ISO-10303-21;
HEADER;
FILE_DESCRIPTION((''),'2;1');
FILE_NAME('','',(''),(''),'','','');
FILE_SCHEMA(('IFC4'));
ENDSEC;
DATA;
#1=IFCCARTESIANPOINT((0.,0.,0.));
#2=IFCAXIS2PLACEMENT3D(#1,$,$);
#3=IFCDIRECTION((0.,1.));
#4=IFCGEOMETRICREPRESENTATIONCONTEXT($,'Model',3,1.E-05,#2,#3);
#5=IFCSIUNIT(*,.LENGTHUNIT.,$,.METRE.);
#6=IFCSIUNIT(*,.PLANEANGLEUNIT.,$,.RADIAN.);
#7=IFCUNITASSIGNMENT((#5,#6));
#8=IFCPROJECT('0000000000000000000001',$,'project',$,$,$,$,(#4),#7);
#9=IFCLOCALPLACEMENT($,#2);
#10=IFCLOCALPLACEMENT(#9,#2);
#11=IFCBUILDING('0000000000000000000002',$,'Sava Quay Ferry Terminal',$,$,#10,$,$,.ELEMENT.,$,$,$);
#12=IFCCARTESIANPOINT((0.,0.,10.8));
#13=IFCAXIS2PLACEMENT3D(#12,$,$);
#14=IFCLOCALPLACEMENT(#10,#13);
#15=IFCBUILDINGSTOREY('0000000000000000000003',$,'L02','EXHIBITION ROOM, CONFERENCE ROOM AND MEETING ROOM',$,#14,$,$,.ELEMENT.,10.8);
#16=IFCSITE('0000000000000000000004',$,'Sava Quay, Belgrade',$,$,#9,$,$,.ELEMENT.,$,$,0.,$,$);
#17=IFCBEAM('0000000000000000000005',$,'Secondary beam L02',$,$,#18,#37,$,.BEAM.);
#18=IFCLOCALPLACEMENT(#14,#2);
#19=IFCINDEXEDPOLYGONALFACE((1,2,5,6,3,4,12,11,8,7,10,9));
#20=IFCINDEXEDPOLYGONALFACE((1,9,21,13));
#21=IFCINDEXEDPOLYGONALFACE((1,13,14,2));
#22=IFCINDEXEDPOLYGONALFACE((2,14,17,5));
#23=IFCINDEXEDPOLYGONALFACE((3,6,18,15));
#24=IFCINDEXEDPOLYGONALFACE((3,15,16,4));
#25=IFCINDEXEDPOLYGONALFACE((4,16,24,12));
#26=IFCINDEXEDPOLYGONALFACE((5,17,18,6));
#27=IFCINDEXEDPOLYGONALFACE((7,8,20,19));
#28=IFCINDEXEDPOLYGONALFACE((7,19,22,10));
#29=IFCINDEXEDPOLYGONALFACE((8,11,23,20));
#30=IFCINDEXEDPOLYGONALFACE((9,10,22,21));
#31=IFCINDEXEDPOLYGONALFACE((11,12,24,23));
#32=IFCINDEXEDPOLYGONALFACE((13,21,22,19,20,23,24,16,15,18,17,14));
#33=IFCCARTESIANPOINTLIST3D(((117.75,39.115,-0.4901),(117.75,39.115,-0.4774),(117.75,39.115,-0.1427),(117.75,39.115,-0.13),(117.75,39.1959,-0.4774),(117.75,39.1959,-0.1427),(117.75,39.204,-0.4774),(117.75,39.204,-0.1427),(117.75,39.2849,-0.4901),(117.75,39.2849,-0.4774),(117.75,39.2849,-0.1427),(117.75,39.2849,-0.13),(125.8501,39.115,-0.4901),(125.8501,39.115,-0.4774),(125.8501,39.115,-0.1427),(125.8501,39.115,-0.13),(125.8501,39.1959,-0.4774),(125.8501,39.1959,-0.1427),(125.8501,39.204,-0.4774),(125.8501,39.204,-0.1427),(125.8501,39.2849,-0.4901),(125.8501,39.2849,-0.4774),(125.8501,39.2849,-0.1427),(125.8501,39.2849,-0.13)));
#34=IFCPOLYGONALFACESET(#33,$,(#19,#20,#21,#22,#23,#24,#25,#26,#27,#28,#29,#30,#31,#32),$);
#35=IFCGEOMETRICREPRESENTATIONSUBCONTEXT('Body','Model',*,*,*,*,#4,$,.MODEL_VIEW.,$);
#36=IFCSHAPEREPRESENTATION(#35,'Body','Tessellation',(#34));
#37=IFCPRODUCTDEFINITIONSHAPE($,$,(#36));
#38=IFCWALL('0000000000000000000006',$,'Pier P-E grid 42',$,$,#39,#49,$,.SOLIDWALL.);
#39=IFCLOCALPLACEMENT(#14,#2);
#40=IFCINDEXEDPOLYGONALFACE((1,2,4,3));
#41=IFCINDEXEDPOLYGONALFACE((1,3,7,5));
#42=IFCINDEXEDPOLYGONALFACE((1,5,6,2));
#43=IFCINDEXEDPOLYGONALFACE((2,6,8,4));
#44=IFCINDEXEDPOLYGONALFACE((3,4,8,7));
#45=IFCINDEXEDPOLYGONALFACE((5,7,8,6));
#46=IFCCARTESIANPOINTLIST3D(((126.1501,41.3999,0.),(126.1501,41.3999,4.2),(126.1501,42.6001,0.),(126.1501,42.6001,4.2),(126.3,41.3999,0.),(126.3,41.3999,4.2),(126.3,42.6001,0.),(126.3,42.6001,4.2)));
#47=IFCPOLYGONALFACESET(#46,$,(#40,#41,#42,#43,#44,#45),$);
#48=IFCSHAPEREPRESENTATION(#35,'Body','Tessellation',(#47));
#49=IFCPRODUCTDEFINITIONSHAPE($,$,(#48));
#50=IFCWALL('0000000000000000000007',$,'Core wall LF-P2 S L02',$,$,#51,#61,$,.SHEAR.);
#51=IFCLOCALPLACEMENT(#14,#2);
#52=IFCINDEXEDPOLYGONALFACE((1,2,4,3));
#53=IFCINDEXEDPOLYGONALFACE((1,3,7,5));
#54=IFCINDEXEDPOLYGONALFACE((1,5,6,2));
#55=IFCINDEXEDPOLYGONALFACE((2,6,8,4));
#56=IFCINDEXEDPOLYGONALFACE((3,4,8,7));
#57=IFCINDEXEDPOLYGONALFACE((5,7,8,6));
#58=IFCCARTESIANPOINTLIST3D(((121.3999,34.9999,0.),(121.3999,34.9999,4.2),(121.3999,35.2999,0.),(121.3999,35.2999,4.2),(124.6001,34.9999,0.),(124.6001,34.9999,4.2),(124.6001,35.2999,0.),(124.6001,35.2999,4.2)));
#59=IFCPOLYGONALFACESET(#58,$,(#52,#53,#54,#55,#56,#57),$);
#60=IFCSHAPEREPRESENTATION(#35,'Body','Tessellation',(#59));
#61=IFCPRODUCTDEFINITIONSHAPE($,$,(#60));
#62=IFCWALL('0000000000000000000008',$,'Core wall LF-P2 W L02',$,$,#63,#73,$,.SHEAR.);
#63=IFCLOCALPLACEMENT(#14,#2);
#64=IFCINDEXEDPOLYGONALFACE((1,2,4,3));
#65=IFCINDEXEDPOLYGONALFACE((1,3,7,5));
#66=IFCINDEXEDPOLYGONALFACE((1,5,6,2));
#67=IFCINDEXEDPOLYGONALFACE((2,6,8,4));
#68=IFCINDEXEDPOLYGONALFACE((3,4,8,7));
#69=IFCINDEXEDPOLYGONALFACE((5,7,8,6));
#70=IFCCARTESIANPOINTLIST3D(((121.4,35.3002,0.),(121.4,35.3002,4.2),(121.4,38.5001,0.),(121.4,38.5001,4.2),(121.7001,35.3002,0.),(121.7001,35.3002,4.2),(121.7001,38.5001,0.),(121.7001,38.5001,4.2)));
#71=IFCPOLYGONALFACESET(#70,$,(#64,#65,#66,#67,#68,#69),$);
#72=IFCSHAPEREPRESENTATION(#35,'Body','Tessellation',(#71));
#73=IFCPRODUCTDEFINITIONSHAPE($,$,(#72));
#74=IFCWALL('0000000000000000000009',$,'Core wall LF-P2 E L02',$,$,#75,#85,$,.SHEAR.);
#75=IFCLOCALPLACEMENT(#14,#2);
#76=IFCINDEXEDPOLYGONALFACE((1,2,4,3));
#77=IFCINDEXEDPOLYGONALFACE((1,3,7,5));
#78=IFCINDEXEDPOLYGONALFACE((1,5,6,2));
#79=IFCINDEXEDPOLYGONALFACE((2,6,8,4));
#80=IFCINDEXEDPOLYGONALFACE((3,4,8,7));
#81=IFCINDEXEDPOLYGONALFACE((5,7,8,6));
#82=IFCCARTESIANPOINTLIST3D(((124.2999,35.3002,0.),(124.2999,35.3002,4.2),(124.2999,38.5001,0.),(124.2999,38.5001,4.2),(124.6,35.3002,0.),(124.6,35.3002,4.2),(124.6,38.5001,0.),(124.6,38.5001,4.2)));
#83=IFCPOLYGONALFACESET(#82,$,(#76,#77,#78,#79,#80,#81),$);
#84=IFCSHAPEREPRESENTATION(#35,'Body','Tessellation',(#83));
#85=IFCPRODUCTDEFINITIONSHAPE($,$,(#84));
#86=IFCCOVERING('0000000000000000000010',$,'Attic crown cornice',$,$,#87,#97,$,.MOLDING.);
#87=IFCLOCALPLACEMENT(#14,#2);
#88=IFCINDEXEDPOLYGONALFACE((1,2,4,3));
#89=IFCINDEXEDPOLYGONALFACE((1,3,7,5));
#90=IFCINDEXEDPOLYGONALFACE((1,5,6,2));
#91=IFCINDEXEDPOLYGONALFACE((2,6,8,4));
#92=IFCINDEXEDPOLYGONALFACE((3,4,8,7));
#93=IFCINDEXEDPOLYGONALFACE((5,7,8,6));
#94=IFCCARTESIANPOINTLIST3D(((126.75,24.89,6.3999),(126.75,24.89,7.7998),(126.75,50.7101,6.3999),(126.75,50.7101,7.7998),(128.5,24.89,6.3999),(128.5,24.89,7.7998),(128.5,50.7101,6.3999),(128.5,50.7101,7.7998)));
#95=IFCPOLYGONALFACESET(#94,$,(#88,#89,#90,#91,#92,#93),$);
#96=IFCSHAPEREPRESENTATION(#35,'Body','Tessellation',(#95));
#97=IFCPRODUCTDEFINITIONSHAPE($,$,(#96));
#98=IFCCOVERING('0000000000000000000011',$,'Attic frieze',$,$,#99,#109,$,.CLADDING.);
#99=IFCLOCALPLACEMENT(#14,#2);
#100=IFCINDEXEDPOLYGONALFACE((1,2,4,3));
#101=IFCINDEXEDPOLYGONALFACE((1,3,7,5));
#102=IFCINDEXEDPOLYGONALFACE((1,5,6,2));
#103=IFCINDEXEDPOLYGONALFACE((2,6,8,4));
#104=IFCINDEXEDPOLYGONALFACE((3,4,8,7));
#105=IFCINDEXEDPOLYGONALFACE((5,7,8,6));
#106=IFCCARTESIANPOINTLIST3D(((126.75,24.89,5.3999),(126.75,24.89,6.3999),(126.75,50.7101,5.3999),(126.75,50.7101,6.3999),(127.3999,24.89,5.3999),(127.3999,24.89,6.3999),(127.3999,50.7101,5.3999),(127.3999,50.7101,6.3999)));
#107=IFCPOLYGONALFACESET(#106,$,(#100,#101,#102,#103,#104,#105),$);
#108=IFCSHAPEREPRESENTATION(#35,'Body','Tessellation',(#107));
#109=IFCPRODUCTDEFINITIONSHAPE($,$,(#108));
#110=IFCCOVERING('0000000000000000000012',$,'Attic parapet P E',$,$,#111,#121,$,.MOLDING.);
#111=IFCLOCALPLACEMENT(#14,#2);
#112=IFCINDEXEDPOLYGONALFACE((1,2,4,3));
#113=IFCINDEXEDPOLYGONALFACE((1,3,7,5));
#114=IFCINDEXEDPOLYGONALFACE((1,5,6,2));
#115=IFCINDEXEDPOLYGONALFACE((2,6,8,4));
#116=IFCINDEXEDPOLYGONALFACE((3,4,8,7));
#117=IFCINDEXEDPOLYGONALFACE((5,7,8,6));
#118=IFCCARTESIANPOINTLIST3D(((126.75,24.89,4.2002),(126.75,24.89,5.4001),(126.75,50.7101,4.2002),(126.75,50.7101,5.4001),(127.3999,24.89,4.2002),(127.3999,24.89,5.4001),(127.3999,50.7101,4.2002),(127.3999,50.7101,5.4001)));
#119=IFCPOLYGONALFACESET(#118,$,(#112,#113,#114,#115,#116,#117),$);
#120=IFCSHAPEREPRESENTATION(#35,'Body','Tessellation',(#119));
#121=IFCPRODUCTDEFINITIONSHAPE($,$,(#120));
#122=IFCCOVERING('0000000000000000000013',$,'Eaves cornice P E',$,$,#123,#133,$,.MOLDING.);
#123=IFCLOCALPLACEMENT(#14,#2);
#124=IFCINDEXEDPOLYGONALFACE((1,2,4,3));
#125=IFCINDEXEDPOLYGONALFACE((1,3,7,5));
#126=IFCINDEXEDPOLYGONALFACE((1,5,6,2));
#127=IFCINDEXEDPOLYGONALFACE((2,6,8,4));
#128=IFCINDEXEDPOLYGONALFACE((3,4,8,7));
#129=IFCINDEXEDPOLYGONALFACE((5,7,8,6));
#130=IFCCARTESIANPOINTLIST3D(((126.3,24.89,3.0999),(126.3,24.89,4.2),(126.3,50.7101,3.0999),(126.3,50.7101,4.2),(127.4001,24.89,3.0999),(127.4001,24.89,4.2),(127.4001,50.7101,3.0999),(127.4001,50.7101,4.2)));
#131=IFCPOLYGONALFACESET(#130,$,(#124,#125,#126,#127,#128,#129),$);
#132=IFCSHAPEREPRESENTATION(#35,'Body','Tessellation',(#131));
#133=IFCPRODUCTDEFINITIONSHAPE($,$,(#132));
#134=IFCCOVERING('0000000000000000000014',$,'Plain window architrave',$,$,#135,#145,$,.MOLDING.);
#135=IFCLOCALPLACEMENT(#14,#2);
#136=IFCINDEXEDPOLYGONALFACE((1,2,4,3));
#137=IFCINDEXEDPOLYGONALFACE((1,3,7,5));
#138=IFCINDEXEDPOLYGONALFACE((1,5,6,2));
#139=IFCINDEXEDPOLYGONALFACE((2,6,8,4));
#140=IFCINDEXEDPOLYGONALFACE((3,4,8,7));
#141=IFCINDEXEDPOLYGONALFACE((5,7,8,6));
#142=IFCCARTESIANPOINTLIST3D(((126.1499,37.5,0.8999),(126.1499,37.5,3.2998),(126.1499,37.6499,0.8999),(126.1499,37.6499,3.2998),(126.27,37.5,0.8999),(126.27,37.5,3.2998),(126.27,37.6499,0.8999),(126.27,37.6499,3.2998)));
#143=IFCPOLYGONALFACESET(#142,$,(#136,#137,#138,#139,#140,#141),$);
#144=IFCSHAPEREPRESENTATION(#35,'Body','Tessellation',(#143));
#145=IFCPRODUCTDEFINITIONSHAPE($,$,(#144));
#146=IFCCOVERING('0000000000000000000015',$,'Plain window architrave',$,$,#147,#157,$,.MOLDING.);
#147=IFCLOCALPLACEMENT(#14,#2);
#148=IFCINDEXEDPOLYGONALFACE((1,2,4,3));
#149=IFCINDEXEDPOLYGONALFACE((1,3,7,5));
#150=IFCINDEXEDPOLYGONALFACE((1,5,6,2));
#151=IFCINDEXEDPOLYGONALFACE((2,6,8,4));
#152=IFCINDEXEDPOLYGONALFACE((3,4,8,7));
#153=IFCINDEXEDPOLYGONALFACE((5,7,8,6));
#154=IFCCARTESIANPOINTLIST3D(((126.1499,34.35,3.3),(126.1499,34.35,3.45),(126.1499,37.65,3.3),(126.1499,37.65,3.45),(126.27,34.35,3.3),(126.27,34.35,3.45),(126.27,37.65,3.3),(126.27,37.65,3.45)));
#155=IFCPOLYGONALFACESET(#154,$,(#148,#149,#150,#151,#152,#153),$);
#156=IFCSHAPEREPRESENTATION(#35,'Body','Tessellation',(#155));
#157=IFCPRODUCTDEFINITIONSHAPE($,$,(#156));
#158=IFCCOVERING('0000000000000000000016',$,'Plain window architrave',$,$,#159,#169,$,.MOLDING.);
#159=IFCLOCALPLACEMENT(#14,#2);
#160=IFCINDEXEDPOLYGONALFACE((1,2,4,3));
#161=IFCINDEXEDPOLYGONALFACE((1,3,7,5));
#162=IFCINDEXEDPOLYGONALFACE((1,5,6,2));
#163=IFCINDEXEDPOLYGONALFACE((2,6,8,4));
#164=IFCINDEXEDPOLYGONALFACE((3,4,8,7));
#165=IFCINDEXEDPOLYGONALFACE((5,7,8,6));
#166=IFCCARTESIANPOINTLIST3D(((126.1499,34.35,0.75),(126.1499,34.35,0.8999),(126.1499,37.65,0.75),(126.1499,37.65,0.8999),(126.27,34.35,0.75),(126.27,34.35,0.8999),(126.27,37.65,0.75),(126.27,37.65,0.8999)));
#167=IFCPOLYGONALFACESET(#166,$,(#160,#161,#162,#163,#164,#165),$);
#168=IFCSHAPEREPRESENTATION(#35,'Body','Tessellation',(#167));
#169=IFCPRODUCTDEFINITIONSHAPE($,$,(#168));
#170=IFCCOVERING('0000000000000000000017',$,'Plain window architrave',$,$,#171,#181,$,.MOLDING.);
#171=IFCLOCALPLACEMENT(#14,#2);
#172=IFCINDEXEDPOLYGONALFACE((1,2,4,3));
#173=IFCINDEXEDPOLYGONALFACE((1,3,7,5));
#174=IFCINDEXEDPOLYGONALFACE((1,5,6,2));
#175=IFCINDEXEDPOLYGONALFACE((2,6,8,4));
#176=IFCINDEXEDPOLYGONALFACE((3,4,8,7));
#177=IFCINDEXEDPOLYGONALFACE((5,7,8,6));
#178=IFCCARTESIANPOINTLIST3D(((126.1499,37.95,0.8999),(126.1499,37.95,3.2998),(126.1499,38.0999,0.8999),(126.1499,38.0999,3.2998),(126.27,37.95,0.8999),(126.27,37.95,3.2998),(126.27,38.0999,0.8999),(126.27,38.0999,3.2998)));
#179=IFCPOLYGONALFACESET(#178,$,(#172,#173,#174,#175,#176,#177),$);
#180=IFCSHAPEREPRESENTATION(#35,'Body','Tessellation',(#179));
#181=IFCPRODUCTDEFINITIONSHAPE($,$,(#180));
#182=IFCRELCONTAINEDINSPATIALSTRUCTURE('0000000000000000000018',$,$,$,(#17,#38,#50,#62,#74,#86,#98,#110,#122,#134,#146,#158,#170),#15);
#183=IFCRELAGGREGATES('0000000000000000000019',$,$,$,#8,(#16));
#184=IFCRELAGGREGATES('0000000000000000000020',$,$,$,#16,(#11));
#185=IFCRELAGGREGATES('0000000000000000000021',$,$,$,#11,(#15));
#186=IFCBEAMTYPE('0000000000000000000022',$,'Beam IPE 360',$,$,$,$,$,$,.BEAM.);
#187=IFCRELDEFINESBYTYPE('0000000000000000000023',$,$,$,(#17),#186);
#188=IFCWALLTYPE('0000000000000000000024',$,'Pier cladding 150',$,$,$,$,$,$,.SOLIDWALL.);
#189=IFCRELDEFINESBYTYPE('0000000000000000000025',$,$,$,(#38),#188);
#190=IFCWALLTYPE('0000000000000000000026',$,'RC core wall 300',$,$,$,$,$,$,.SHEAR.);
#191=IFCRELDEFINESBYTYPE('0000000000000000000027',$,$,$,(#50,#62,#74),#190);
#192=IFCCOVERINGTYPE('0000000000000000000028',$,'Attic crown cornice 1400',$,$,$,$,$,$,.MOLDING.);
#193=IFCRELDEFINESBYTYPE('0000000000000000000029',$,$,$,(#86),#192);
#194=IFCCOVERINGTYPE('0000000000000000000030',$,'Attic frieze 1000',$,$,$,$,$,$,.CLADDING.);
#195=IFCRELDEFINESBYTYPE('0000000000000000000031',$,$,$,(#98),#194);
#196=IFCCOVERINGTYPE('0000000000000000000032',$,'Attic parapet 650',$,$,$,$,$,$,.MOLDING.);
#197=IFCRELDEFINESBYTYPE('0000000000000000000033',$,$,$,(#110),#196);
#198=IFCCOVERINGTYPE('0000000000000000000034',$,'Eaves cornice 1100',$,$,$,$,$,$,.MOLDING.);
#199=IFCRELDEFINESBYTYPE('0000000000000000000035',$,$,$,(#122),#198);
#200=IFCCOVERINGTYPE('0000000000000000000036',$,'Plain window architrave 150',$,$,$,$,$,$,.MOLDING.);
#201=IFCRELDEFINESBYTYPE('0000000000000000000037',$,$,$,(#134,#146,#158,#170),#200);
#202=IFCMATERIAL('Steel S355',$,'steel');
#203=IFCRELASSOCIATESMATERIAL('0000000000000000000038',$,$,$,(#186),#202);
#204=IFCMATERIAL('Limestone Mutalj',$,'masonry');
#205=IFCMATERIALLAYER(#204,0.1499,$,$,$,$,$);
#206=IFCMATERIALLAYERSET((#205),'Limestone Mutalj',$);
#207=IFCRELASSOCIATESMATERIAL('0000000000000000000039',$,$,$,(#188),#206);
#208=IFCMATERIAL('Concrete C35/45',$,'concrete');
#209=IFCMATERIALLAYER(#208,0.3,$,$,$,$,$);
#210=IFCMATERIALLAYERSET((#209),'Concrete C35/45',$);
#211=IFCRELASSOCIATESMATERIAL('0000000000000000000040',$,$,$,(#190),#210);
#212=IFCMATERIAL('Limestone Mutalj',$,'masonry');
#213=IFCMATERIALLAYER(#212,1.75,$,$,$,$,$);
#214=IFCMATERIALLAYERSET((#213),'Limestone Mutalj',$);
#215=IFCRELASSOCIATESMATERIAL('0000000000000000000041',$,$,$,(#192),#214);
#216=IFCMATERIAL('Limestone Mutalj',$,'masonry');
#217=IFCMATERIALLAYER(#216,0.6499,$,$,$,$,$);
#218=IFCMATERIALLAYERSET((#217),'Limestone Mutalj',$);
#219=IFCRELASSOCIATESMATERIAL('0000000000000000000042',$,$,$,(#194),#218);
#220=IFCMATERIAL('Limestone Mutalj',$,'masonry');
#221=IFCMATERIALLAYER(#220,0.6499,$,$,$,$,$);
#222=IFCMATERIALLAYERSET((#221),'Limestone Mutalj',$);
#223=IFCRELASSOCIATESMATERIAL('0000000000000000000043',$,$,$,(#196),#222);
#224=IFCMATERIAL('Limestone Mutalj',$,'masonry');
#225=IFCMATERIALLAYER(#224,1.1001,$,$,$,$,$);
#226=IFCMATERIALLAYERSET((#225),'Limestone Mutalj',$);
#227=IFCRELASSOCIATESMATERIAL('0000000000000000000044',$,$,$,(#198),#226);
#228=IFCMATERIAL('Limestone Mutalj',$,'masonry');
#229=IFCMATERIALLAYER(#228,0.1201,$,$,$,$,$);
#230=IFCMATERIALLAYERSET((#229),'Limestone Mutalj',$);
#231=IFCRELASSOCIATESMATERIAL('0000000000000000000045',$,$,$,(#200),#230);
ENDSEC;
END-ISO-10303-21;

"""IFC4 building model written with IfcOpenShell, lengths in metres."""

from ifc_helpers import new_model, si_unit, direction, frame, frame_2d, origin, origin_2d, place, context, subcontext, project, spatial, rectangle, i_section, extrude, material, layer, layer_set, material_profile, profile_set, type_object, element, save


model = new_model("IFC4")

# Units and contexts
model_context = context("Model", 3, precision=1e-05, world=origin(), true_north=direction((0.0, 1.0)))
body_context = subcontext(model_context, "Body", "Model", "MODEL_VIEW")
ifc_project = project(units=[si_unit("LENGTHUNIT", "METRE"), si_unit("PLANEANGLEUNIT", "RADIAN")], contexts=[model_context])

# Site, building, storey
site_placement = place(None, origin())
site = spatial("IfcSite", under=ifc_project, at=site_placement, Name="Sava Quay, Belgrade", CompositionType="ELEMENT", RefElevation=0.0)
building_placement = place(site_placement, origin())
building = spatial("IfcBuilding", under=site, at=building_placement, Name="Sava Quay Ferry Terminal", CompositionType="ELEMENT")
storey_placement = place(building_placement, frame((0.0, 0.0, 10.8)))
storey = spatial("IfcBuildingStorey", under=building, at=storey_placement, Name="L02", Description="EXHIBITION ROOM, CONFERENCE ROOM AND MEETING ROOM", CompositionType="ELEMENT", Elevation=10.8)

# Beam
ifc_material_1 = material(Name="Steel S355", Category="steel")
ifc_material_profile = material_profile(ifc_material_1, i_section(OverallWidth=0.1699, OverallDepth=0.3601, WebThickness=0.0081, FlangeThickness=0.0127, at=origin_2d()), Name="IPE 360")
ifc_profile_set = profile_set([ifc_material_profile], Name="Steel S355")
beam_type = type_object("IfcBeamType", Name="Beam IPE 360", PredefinedType="BEAM", material=ifc_profile_set)
beam_placement = place(storey_placement, frame((117.75, 39.2, -0.3101), z_axis=(1.0, 0.0, 0.0), x_axis=(0.0, 1.0, 0.0)))
element("IfcBeam", 1, at=beam_placement, inside=storey, type_object=beam_type, Name="Secondary beam L02", PredefinedType="BEAM", context=body_context, shape_type="SweptSolid", body=[
    extrude(i_section(OverallWidth=0.1699, OverallDepth=0.3601, WebThickness=0.0081, FlangeThickness=0.0127, at=origin_2d()), origin(), (0.0, 0.0, 1.0), 8.1001),
])

# Walls
ifc_material_2 = material(Name="Limestone Mutalj", Category="masonry")
ifc_layer_1 = layer(ifc_material_2, 0.1499)
ifc_layer_set_1 = layer_set([ifc_layer_1], Name="Limestone Mutalj")
wall_type_1 = type_object("IfcWallType", Name="Pier cladding 150", PredefinedType="SOLIDWALL", material=ifc_layer_set_1)
wall_1_placement = place(storey_placement, frame((126.2251, 41.3999, 0.0), z_axis=(0.0, 0.0, 1.0), x_axis=(0.0, 1.0, 0.0)))
element("IfcWall", 2, at=wall_1_placement, inside=storey, type_object=wall_type_1, Name="Pier P-E grid 42", PredefinedType="SOLIDWALL", context=body_context, shape_type="SweptSolid", body=[
    extrude(rectangle(XDim=1.2002, YDim=0.1499, at=frame_2d((0.6001, 0.0))), origin(), (0.0, 0.0, 1.0), 4.2),
])
ifc_material_3 = material(Name="Concrete C35/45", Category="concrete")
ifc_layer_2 = layer(ifc_material_3, 0.3)
ifc_layer_set_2 = layer_set([ifc_layer_2], Name="Concrete C35/45")
wall_type_2 = type_object("IfcWallType", Name="RC core wall 300", PredefinedType="SHEAR", material=ifc_layer_set_2)
wall_2_placement = place(storey_placement, frame((121.3999, 35.1499, 0.0), z_axis=(0.0, 0.0, 1.0), x_axis=(1.0, 0.0, 0.0)))
element("IfcWall", 3, at=wall_2_placement, inside=storey, type_object=wall_type_2, Name="Core wall LF-P2 S L02", PredefinedType="SHEAR", context=body_context, shape_type="SweptSolid", body=[
    extrude(rectangle(XDim=3.2002, YDim=0.3, at=frame_2d((1.6001, 0.0))), origin(), (0.0, 0.0, 1.0), 4.2),
])

# Walls
for number, where, z_axis, x_axis, name in (
    (4, (121.55, 35.3, 0.0), (0.0, 0.0, 1.0), (0.0, 1.0, 0.0), "Core wall LF-P2 W L02"),
    (5, (124.45, 35.3, 0.0), (0.0, 0.0, 1.0), (0.0, 1.0, 0.0), "Core wall LF-P2 E L02"),
):
    element("IfcWall", number, at=place(storey_placement, frame(where, z_axis=z_axis, x_axis=x_axis)), inside=storey, type_object=wall_type_2, Name=name, PredefinedType="SHEAR", context=body_context, shape_type="SweptSolid", body=[
        extrude(rectangle(XDim=3.2, YDim=0.3, at=frame_2d((1.6001, 0.0))), origin(), (0.0, 0.0, 1.0), 4.2),
    ])

# Coverings
ifc_material_4 = material(Name="Limestone Mutalj", Category="masonry")
ifc_layer_3 = layer(ifc_material_4, 1.75)
ifc_layer_set_3 = layer_set([ifc_layer_3], Name="Limestone Mutalj")
covering_type_1 = type_object("IfcCoveringType", Name="Attic crown cornice 1400", PredefinedType="MOLDING", material=ifc_layer_set_3)
covering_1_placement = place(storey_placement, frame((127.625, 37.8, 6.3999), z_axis=(0.0, 0.0, 1.0), x_axis=(1.0, 0.0, 0.0)))
element("IfcCovering", 6, at=covering_1_placement, inside=storey, type_object=covering_type_1, Name="Attic crown cornice", PredefinedType="MOLDING", context=body_context, shape_type="SweptSolid", body=[
    extrude(rectangle(XDim=1.75, YDim=25.8201, at=origin_2d()), origin(), (0.0, 0.0, 1.0), 1.3999),
])
ifc_material_5 = material(Name="Limestone Mutalj", Category="masonry")
ifc_layer_4 = layer(ifc_material_5, 0.6499)
ifc_layer_set_4 = layer_set([ifc_layer_4], Name="Limestone Mutalj")
covering_type_2 = type_object("IfcCoveringType", Name="Attic frieze 1000", PredefinedType="CLADDING", material=ifc_layer_set_4)
covering_2_placement = place(storey_placement, frame((127.075, 37.8, 5.3999), z_axis=(0.0, 0.0, 1.0), x_axis=(1.0, 0.0, 0.0)))
element("IfcCovering", 7, at=covering_2_placement, inside=storey, type_object=covering_type_2, Name="Attic frieze", PredefinedType="CLADDING", context=body_context, shape_type="SweptSolid", body=[
    extrude(rectangle(XDim=0.6499, YDim=25.8201, at=origin_2d()), origin(), (0.0, 0.0, 1.0), 1.0),
])
ifc_material_6 = material(Name="Limestone Mutalj", Category="masonry")
ifc_layer_5 = layer(ifc_material_6, 0.6499)
ifc_layer_set_5 = layer_set([ifc_layer_5], Name="Limestone Mutalj")
covering_type_3 = type_object("IfcCoveringType", Name="Attic parapet 650", PredefinedType="MOLDING", material=ifc_layer_set_5)
covering_3_placement = place(storey_placement, frame((127.075, 37.8, 4.2002), z_axis=(0.0, 0.0, 1.0), x_axis=(1.0, 0.0, 0.0)))
element("IfcCovering", 8, at=covering_3_placement, inside=storey, type_object=covering_type_3, Name="Attic parapet P E", PredefinedType="MOLDING", context=body_context, shape_type="SweptSolid", body=[
    extrude(rectangle(XDim=0.6499, YDim=25.8201, at=origin_2d()), origin(), (0.0, 0.0, 1.0), 1.2),
])
ifc_material_7 = material(Name="Limestone Mutalj", Category="masonry")
ifc_layer_6 = layer(ifc_material_7, 1.1001)
ifc_layer_set_6 = layer_set([ifc_layer_6], Name="Limestone Mutalj")
covering_type_4 = type_object("IfcCoveringType", Name="Eaves cornice 1100", PredefinedType="MOLDING", material=ifc_layer_set_6)
covering_4_placement = place(storey_placement, frame((126.8501, 37.8, 3.0999), z_axis=(0.0, 0.0, 1.0), x_axis=(1.0, 0.0, 0.0)))
element("IfcCovering", 9, at=covering_4_placement, inside=storey, type_object=covering_type_4, Name="Eaves cornice P E", PredefinedType="MOLDING", context=body_context, shape_type="SweptSolid", body=[
    extrude(rectangle(XDim=1.1001, YDim=25.8201, at=origin_2d()), origin(), (0.0, 0.0, 1.0), 1.1001),
])
ifc_material_8 = material(Name="Limestone Mutalj", Category="masonry")
ifc_layer_7 = layer(ifc_material_8, 0.1201)
ifc_layer_set_7 = layer_set([ifc_layer_7], Name="Limestone Mutalj")
covering_type_5 = type_object("IfcCoveringType", Name="Plain window architrave 150", PredefinedType="MOLDING", material=ifc_layer_set_7)
covering_5_placement = place(storey_placement, frame((126.21, 37.575, 0.8999), z_axis=(0.0, 0.0, 1.0), x_axis=(1.0, 0.0, 0.0)))
element("IfcCovering", 10, at=covering_5_placement, inside=storey, type_object=covering_type_5, Name="Plain window architrave", PredefinedType="MOLDING", context=body_context, shape_type="SweptSolid", body=[
    extrude(rectangle(XDim=0.1201, YDim=0.1499, at=origin_2d()), origin(), (0.0, 0.0, 1.0), 2.3999),
])
for number, where, z_axis, x_axis, name in (
    (11, (126.21, 36.0, 3.3), (0.0, 0.0, 1.0), (1.0, 0.0, 0.0), "Plain window architrave"),
    (12, (126.21, 36.0, 0.75), (0.0, 0.0, 1.0), (1.0, 0.0, 0.0), "Plain window architrave"),
):
    element("IfcCovering", number, at=place(storey_placement, frame(where, z_axis=z_axis, x_axis=x_axis)), inside=storey, type_object=covering_type_5, Name=name, PredefinedType="MOLDING", context=body_context, shape_type="SweptSolid", body=[
        extrude(rectangle(XDim=0.1201, YDim=3.3, at=origin_2d()), origin(), (0.0, 0.0, 1.0), 0.1499),
    ])
covering_6_placement = place(storey_placement, frame((126.21, 38.0249, 0.8999), z_axis=(0.0, 0.0, 1.0), x_axis=(1.0, 0.0, 0.0)))
element("IfcCovering", 13, at=covering_6_placement, inside=storey, type_object=covering_type_5, Name="Plain window architrave", PredefinedType="MOLDING", context=body_context, shape_type="SweptSolid", body=[
    extrude(rectangle(XDim=0.1201, YDim=0.1499, at=origin_2d()), origin(), (0.0, 0.0, 1.0), 2.3999),
])

save(model, "model.ifc")
